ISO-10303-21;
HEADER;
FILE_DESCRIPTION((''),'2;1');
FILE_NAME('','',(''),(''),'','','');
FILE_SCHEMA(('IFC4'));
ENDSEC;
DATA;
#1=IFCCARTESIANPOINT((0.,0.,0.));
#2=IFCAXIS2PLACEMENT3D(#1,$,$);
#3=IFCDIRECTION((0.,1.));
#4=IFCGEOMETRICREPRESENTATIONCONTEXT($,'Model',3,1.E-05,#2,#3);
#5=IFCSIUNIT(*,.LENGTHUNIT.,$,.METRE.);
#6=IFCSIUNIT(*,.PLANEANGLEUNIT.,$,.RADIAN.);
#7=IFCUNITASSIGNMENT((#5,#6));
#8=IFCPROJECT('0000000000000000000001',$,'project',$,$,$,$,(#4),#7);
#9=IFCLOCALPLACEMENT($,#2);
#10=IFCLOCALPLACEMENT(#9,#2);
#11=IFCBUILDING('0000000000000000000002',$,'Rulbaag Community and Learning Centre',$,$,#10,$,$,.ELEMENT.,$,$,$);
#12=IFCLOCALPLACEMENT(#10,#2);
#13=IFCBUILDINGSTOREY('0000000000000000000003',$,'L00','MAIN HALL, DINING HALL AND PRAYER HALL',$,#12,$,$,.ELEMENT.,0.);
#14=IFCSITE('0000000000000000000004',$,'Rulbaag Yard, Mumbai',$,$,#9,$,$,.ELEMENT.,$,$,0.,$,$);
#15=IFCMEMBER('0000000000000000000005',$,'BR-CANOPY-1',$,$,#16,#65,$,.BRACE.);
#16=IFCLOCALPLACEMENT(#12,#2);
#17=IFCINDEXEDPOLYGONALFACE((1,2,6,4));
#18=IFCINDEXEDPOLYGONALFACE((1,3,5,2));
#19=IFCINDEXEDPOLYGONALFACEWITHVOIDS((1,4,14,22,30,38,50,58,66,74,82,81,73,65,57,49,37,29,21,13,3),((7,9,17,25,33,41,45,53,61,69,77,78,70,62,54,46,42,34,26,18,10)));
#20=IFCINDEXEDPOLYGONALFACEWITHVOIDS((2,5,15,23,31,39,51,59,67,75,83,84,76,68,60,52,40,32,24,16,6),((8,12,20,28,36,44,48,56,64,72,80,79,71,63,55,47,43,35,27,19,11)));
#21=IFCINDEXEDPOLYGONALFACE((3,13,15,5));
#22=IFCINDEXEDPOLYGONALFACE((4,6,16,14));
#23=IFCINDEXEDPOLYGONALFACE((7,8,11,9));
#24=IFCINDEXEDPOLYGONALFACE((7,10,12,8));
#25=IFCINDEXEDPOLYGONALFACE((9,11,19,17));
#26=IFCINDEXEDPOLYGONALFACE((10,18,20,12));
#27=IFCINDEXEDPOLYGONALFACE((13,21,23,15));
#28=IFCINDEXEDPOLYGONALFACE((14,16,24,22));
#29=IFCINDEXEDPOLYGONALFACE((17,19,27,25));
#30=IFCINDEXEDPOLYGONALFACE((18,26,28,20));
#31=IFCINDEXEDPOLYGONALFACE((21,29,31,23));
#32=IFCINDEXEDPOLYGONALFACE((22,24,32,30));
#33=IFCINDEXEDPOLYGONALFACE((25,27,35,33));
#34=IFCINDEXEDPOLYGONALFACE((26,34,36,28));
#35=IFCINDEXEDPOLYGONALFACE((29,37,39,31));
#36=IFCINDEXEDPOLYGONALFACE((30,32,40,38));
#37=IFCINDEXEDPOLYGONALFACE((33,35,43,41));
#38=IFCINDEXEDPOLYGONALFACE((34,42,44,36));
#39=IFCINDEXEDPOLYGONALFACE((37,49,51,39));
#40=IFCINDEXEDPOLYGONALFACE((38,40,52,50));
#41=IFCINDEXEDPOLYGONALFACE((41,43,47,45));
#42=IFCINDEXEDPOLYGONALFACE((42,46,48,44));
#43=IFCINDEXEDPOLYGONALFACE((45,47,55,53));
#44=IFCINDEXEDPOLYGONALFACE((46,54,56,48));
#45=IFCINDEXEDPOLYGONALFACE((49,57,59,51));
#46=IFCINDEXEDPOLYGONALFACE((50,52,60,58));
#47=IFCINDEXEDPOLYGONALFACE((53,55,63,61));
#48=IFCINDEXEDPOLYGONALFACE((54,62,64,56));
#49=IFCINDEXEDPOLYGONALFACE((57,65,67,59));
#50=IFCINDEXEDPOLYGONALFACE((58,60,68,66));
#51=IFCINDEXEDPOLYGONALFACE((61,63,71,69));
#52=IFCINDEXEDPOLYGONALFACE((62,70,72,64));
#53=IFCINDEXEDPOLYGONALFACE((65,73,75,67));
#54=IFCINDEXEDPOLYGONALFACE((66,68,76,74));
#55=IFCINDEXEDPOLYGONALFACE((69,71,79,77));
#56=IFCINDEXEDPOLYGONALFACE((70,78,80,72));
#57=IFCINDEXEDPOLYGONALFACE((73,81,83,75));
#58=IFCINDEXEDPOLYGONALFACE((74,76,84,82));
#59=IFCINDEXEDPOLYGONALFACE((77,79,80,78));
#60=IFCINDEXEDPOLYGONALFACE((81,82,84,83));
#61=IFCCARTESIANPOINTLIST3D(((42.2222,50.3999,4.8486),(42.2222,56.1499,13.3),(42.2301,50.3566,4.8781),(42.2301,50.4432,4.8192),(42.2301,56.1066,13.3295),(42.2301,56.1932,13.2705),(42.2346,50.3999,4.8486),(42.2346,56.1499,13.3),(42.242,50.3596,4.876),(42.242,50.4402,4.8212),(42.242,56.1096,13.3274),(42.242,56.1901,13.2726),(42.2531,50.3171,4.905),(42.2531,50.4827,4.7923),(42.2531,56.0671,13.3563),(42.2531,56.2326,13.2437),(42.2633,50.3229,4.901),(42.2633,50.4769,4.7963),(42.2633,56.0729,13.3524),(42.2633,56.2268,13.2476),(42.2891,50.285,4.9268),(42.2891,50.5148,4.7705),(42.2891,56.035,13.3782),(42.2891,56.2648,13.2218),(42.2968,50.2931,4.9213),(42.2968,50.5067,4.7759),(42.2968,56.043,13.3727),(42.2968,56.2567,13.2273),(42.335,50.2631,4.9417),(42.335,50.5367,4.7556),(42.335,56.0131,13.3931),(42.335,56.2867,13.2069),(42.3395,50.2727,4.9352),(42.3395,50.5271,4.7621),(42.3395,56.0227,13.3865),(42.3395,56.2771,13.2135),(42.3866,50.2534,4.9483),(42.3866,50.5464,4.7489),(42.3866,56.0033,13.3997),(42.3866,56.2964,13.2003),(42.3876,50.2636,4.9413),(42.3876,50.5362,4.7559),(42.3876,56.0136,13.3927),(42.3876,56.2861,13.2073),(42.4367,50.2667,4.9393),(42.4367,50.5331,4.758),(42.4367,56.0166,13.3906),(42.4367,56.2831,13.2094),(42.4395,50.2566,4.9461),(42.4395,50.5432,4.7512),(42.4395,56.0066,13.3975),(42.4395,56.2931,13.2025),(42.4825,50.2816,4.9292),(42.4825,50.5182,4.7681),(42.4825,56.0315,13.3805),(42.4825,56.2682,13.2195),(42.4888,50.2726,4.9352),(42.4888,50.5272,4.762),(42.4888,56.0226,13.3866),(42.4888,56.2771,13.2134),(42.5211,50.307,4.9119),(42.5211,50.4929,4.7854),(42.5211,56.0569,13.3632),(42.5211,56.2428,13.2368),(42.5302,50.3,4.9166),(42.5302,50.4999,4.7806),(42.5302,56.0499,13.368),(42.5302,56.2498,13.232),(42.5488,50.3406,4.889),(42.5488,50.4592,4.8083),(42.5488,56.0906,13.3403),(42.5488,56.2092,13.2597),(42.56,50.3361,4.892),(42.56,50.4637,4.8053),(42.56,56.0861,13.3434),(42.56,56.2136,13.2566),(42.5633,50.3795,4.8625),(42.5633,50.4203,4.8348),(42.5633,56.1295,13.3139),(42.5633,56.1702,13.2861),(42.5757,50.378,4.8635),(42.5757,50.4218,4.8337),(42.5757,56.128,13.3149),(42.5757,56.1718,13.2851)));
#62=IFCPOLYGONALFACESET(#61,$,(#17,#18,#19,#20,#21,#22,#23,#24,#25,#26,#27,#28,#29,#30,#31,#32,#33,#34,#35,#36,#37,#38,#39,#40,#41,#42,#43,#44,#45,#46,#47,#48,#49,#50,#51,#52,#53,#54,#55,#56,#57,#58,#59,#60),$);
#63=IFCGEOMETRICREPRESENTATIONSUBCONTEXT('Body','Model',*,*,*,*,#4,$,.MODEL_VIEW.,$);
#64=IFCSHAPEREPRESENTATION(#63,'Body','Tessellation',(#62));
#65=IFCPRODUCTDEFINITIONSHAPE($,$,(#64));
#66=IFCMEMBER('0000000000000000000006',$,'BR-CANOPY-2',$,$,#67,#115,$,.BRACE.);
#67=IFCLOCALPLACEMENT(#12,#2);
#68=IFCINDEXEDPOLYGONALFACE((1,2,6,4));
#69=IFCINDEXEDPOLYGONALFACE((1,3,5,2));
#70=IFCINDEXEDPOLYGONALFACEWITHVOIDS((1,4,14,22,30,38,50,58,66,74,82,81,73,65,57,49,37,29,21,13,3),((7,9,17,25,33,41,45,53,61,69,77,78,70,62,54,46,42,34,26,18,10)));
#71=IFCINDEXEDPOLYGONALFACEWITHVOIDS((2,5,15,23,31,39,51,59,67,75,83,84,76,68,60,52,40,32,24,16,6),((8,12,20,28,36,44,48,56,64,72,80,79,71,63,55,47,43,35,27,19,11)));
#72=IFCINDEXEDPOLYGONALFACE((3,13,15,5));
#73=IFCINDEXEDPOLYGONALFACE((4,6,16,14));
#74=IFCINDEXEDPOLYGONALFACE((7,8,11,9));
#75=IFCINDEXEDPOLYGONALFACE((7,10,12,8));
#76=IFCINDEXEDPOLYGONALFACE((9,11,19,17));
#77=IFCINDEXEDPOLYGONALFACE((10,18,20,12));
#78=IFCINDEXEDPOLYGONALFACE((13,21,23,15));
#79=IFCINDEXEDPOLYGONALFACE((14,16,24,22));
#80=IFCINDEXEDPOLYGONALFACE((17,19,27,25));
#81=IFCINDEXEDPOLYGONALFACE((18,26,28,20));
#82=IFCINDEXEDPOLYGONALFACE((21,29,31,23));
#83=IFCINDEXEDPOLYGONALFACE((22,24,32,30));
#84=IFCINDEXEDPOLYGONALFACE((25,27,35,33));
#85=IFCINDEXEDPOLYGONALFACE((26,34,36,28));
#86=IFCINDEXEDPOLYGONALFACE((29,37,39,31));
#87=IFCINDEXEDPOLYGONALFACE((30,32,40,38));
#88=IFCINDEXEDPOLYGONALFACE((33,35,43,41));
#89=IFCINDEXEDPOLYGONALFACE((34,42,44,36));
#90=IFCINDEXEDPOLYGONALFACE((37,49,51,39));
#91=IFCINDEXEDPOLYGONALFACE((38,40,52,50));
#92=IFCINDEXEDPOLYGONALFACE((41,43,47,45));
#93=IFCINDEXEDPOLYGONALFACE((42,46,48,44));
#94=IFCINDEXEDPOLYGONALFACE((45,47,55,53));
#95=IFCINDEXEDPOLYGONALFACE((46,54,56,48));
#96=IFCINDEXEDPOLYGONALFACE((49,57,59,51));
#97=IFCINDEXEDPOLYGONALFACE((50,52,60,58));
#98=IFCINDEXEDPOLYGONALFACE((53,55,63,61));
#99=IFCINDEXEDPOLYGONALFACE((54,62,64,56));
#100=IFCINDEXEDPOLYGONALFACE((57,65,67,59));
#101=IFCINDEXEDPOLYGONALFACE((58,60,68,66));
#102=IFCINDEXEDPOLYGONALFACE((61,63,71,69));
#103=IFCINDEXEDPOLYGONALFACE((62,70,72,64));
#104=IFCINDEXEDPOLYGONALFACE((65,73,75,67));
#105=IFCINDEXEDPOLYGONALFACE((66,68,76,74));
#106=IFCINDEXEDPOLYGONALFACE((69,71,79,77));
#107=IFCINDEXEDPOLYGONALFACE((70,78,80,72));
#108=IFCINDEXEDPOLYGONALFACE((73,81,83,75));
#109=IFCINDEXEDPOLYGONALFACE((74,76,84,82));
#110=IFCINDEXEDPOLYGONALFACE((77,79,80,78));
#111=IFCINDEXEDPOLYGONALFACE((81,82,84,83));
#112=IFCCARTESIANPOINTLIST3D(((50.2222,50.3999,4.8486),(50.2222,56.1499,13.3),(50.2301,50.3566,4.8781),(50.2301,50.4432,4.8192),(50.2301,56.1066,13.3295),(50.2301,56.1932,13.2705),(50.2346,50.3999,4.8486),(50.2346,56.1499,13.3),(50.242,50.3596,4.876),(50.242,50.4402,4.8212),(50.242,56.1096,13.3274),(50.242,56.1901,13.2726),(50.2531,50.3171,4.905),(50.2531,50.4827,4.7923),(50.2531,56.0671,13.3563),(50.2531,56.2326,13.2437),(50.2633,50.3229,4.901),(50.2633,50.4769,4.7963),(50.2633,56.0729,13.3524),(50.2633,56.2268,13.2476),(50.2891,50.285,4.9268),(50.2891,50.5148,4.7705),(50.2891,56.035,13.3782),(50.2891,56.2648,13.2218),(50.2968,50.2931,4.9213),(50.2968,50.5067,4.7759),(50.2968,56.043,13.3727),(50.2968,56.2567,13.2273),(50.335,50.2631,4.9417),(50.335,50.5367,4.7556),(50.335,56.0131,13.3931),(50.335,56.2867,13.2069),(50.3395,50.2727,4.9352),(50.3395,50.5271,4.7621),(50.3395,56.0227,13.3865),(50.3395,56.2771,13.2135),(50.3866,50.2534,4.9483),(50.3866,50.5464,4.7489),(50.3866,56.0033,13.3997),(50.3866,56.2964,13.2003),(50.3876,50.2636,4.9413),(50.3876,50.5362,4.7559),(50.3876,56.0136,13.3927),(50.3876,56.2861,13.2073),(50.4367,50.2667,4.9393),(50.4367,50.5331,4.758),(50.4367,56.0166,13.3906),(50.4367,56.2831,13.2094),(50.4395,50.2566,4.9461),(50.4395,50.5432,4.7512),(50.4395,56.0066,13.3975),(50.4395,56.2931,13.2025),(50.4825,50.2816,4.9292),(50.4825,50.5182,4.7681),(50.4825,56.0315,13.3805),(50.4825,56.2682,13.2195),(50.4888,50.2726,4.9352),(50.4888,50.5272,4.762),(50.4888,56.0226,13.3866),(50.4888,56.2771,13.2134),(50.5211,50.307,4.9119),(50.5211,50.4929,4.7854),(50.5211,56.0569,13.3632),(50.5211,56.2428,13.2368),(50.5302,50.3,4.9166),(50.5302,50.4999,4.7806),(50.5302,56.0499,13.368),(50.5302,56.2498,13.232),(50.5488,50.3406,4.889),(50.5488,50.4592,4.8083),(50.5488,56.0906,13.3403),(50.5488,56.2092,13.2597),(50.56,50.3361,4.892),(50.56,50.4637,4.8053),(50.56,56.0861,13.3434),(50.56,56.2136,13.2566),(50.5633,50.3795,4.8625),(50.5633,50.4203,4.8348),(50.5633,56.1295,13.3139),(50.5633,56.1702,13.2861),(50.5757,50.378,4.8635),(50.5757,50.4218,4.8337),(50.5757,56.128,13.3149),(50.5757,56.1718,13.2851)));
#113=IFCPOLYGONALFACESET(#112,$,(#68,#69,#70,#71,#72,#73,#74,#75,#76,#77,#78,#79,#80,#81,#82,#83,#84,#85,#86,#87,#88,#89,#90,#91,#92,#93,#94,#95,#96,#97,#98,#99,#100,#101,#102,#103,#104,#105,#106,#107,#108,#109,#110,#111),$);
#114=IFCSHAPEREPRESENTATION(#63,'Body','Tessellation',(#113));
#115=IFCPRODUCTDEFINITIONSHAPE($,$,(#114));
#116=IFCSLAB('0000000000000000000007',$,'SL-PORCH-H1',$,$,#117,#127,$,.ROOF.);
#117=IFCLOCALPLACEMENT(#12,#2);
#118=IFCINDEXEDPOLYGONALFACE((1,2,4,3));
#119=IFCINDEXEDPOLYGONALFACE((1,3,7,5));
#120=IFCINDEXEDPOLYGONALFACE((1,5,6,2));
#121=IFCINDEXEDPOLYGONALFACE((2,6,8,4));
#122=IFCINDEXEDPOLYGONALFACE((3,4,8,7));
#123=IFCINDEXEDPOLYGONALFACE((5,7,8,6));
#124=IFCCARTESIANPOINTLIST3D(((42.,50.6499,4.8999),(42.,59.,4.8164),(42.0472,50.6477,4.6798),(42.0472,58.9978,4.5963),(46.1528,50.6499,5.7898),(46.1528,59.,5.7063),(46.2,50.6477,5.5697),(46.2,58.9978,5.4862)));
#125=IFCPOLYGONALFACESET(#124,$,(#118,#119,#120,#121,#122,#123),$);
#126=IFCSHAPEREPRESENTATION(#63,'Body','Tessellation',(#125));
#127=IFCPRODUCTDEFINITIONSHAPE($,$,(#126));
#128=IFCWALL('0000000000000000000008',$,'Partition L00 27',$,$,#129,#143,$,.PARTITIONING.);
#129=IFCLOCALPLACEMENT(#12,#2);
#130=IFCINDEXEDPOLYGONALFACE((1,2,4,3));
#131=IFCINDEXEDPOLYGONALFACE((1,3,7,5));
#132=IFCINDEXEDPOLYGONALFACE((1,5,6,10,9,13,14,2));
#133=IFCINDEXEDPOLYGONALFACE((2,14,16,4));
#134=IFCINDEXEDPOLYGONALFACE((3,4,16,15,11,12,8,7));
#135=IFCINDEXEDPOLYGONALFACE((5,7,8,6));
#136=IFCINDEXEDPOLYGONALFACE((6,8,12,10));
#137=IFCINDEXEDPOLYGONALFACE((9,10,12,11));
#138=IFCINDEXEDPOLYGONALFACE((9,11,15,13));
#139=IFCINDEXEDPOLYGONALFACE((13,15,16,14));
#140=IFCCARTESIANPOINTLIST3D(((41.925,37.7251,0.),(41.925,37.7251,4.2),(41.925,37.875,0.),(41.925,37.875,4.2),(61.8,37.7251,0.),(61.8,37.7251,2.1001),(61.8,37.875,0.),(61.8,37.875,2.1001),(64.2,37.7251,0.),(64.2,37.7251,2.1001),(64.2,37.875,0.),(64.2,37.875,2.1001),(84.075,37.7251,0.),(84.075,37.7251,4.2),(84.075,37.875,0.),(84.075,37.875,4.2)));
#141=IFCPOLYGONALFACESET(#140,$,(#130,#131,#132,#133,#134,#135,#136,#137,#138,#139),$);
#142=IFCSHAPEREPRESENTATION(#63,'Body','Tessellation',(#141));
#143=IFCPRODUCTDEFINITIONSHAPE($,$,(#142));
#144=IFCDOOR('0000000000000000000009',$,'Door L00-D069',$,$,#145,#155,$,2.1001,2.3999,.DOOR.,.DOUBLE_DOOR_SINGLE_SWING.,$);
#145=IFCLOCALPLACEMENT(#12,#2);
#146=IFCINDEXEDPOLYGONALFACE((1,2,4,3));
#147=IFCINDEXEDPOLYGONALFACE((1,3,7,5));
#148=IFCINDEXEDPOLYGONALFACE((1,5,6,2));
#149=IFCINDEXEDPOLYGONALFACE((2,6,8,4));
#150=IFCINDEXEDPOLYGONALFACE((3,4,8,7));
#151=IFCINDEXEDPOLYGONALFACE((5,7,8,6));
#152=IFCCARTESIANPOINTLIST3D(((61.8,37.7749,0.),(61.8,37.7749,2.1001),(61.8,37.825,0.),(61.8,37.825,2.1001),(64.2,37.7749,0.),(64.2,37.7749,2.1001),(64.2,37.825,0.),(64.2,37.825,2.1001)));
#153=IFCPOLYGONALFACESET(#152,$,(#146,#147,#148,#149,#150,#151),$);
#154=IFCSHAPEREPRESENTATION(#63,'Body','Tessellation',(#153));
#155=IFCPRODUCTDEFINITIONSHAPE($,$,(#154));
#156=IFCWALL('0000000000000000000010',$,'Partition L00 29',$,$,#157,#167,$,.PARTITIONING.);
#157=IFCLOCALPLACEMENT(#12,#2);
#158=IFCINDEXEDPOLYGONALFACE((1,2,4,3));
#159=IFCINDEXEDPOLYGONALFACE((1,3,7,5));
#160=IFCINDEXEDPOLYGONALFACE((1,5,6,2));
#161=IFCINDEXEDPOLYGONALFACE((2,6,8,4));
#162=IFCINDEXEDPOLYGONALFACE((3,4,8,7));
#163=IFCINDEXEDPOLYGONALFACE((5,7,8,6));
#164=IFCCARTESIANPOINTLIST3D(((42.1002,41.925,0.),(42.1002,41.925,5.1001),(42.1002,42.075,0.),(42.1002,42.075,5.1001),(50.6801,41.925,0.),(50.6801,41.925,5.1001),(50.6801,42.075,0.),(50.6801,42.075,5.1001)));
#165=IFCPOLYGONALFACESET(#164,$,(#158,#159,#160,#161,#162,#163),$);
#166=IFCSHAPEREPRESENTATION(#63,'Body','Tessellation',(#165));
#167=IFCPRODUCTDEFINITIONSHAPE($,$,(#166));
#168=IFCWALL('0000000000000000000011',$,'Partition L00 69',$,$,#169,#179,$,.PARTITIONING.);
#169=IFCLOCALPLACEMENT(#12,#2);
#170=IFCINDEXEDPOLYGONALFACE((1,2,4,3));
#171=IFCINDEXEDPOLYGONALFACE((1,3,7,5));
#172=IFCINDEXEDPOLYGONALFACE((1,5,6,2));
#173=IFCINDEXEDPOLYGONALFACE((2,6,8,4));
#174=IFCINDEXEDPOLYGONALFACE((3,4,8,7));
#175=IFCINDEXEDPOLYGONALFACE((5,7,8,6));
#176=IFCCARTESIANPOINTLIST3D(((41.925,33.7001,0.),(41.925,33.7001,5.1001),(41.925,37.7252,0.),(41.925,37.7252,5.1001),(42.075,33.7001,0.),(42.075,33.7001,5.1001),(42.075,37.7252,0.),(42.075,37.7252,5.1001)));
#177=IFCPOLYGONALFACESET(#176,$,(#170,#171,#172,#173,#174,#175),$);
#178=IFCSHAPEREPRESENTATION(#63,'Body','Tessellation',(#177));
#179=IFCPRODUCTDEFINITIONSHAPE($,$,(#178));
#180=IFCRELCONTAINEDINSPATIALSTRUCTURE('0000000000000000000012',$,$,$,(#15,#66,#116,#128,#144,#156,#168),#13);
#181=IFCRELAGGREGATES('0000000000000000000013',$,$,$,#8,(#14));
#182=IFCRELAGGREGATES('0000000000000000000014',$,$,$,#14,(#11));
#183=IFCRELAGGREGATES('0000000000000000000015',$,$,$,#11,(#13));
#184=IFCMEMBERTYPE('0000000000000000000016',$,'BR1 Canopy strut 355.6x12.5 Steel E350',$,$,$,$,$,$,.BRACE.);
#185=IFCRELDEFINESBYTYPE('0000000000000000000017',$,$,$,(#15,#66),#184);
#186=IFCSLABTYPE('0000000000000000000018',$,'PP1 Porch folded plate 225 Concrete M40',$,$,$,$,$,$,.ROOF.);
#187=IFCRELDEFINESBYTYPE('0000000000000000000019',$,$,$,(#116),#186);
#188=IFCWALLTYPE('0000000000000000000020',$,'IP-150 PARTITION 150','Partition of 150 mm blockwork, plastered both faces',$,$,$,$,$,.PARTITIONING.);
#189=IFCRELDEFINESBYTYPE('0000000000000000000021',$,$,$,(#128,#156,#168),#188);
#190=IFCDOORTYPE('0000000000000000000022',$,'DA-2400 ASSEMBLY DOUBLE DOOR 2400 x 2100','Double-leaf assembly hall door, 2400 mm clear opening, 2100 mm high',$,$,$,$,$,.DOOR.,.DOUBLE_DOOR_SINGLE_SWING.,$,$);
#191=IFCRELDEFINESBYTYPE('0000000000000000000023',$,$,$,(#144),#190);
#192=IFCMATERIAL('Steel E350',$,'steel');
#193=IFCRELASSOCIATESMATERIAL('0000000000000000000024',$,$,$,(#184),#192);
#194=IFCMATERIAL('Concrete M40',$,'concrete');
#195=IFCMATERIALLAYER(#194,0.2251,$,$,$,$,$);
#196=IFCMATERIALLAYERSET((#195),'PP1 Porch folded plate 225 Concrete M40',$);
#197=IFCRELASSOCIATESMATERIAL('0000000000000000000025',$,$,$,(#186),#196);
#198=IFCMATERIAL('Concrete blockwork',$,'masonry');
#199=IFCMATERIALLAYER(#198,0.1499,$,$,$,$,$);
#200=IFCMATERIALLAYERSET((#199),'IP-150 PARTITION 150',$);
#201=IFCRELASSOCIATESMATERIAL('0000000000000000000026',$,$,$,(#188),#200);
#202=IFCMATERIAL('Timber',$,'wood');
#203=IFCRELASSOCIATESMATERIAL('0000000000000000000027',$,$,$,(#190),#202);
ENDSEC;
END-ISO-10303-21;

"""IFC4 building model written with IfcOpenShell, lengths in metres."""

from ifc_helpers import new_model, si_unit, direction, frame, frame_2d, origin, origin_2d, place, context, subcontext, project, spatial, polyline, rectangle, hollow_circle, outline, extrude, material, layer, layer_set, material_profile, profile_set, type_object, element, fill, save


model = new_model("IFC4")

# Units and contexts
model_context = context("Model", 3, precision=1e-05, world=origin(), true_north=direction((0.0, 1.0)))
body_context = subcontext(model_context, "Body", "Model", "MODEL_VIEW")
ifc_project = project(units=[si_unit("LENGTHUNIT", "METRE"), si_unit("PLANEANGLEUNIT", "RADIAN")], contexts=[model_context])

# Site, building, storey
site_placement = place(None, origin())
site = spatial("IfcSite", under=ifc_project, at=site_placement, Name="Rulbaag Yard, Mumbai", CompositionType="ELEMENT", RefElevation=0.0)
building_placement = place(site_placement, origin())
building = spatial("IfcBuilding", under=site, at=building_placement, Name="Rulbaag Community and Learning Centre", CompositionType="ELEMENT")
storey_placement = place(building_placement, origin())
storey = spatial("IfcBuildingStorey", under=building, at=storey_placement, Name="L00", Description="MAIN HALL, DINING HALL AND PRAYER HALL", CompositionType="ELEMENT", Elevation=0.0)

# Shared definitions
ifc_material_1 = material(Name="Concrete M40", Category="concrete")

# Members
ifc_material_2 = material(Name="Steel E350", Category="steel")
ifc_material_profile_1 = material_profile(ifc_material_2, hollow_circle(Radius=0.1777, WallThickness=0.0125, at=origin_2d()), Name="CHS355.6x12.5")
ifc_profile_set_1 = profile_set([ifc_material_profile_1], Name="Steel E350")
member_type = type_object("IfcMemberType", Name="BR1 Canopy strut 355.6x12.5 Steel E350", PredefinedType="BRACE", material=ifc_profile_set_1)
for number, where, z_axis, x_axis, name in (
    (1, (42.3999, 50.3999, 4.8486), (0.0, 0.562513, 0.826788), (-1.0, 0.0, 0.0), "BR-CANOPY-1"),
    (2, (50.3999, 50.3999, 4.8486), (0.0, 0.562513, 0.826788), (-1.0, 0.0, 0.0), "BR-CANOPY-2"),
):
    element("IfcMember", number, at=place(storey_placement, frame(where, z_axis=z_axis, x_axis=x_axis)), inside=storey, type_object=member_type, Name=name, PredefinedType="BRACE", context=body_context, shape_type="SweptSolid", body=[
        extrude(hollow_circle(Radius=0.1777, WallThickness=0.0125, at=origin_2d()), origin(), (0.0, 0.0, 1.0), 10.2219),
    ])

# Slab
ifc_layer_1 = layer(ifc_material_1, 0.2251)
ifc_layer_set_1 = layer_set([ifc_layer_1], Name="PP1 Porch folded plate 225 Concrete M40")
slab_type = type_object("IfcSlabType", Name="PP1 Porch folded plate 225 Concrete M40", PredefinedType="ROOF", material=ifc_layer_set_1)
slab_placement = place(storey_placement, frame((42.0, 50.6499, 4.8999), z_axis=(-0.209519, 0.009777, 0.977756), x_axis=(0.0, 0.99995, -0.009999)))
element("IfcSlab", 3, at=slab_placement, inside=storey, type_object=slab_type, Name="SL-PORCH-H1", PredefinedType="ROOF", context=body_context, shape_type="SweptSolid", body=[
    extrude(outline(polyline([(0.0, 0.0), (8.3505, 0.0), (8.3416, -4.2471), (-0.0089, -4.2471), (0.0, 0.0)])), origin(), (0.0, 0.0, -1.0), 0.2251),
])

# Wall, opening, door
ifc_material_3 = material(Name="Concrete blockwork", Category="masonry")
ifc_layer_2 = layer(ifc_material_3, 0.1499)
ifc_layer_set_2 = layer_set([ifc_layer_2], Name="IP-150 PARTITION 150")
wall_type_1 = type_object("IfcWallType", Name="IP-150 PARTITION 150", Description="Partition of 150 mm blockwork, plastered both faces", PredefinedType="PARTITIONING", material=ifc_layer_set_2)
wall_1_placement = place(storey_placement, frame((41.925, 37.8, 0.0), z_axis=(0.0, 0.0, 1.0), x_axis=(1.0, 0.0, 0.0)))
wall_1 = element("IfcWall", 4, at=wall_1_placement, inside=storey, type_object=wall_type_1, Name="Partition L00 27", PredefinedType="PARTITIONING", context=body_context, shape_type="SweptSolid", body=[
    extrude(rectangle(XDim=42.1499, YDim=0.1499, at=frame_2d((21.075, 0.0))), origin(), (0.0, 0.0, 1.0), 4.2),
])
opening_1_placement = place(wall_1_placement, frame((19.875, 0.0, 0.0)))
opening_1 = element("IfcOpeningElement", 5, at=opening_1_placement, cuts=wall_1, PredefinedType="OPENING", context=body_context, shape_type="SweptSolid", body=[
    extrude(rectangle(XDim=2.3999, YDim=2.1001, at=frame_2d((1.2, 1.05))), frame((0.0, 0.085, 0.0), z_axis=(0.0, -1.0, 0.0), x_axis=(1.0, 0.0, 0.0)), (0.0, 0.0, 1.0), 0.1699),
])
ifc_material_4 = material(Name="Timber", Category="wood")
door_type_1 = type_object("IfcDoorType", Name="DA-2400 ASSEMBLY DOUBLE DOOR 2400 x 2100", Description="Double-leaf assembly hall door, 2400 mm clear opening, 2100 mm high", OperationType="DOUBLE_DOOR_SINGLE_SWING", PredefinedType="DOOR", material=ifc_material_4)
door_1_placement = place(opening_1_placement, origin())
door_1 = element("IfcDoor", 6, at=door_1_placement, inside=storey, type_object=door_type_1, Name="Door L00-D069", OperationType="DOUBLE_DOOR_SINGLE_SWING", OverallHeight=2.1001, OverallWidth=2.3999, PredefinedType="DOOR", context=body_context, shape_type="SweptSolid", body=[
    extrude(rectangle(XDim=2.3999, YDim=2.1001, at=frame_2d((1.2, 1.05))), frame((0.0, 0.0249, 0.0), z_axis=(0.0, -1.0, 0.0), x_axis=(1.0, 0.0, 0.0)), (0.0, 0.0, 1.0), 0.05),
])
fill(opening_1, door_1)

# Walls
wall_2_placement = place(storey_placement, frame((42.1001, 42.0, 0.0), z_axis=(0.0, 0.0, 1.0), x_axis=(1.0, 0.0, 0.0)))
element("IfcWall", 7, at=wall_2_placement, inside=storey, type_object=wall_type_1, Name="Partition L00 29", PredefinedType="PARTITIONING", context=body_context, shape_type="SweptSolid", body=[
    extrude(rectangle(XDim=8.5798, YDim=0.1499, at=frame_2d((4.29, 0.0))), origin(), (0.0, 0.0, 1.0), 5.1001),
])
wall_3_placement = place(storey_placement, frame((42.0, 33.7, 0.0), z_axis=(0.0, 0.0, 1.0), x_axis=(0.0, 1.0, 0.0)))
element("IfcWall", 8, at=wall_3_placement, inside=storey, type_object=wall_type_1, Name="Partition L00 69", PredefinedType="PARTITIONING", context=body_context, shape_type="SweptSolid", body=[
    extrude(rectangle(XDim=4.0251, YDim=0.1499, at=frame_2d((2.0127, 0.0))), origin(), (0.0, 0.0, 1.0), 5.1001),
])

save(model, "model.ifc")
